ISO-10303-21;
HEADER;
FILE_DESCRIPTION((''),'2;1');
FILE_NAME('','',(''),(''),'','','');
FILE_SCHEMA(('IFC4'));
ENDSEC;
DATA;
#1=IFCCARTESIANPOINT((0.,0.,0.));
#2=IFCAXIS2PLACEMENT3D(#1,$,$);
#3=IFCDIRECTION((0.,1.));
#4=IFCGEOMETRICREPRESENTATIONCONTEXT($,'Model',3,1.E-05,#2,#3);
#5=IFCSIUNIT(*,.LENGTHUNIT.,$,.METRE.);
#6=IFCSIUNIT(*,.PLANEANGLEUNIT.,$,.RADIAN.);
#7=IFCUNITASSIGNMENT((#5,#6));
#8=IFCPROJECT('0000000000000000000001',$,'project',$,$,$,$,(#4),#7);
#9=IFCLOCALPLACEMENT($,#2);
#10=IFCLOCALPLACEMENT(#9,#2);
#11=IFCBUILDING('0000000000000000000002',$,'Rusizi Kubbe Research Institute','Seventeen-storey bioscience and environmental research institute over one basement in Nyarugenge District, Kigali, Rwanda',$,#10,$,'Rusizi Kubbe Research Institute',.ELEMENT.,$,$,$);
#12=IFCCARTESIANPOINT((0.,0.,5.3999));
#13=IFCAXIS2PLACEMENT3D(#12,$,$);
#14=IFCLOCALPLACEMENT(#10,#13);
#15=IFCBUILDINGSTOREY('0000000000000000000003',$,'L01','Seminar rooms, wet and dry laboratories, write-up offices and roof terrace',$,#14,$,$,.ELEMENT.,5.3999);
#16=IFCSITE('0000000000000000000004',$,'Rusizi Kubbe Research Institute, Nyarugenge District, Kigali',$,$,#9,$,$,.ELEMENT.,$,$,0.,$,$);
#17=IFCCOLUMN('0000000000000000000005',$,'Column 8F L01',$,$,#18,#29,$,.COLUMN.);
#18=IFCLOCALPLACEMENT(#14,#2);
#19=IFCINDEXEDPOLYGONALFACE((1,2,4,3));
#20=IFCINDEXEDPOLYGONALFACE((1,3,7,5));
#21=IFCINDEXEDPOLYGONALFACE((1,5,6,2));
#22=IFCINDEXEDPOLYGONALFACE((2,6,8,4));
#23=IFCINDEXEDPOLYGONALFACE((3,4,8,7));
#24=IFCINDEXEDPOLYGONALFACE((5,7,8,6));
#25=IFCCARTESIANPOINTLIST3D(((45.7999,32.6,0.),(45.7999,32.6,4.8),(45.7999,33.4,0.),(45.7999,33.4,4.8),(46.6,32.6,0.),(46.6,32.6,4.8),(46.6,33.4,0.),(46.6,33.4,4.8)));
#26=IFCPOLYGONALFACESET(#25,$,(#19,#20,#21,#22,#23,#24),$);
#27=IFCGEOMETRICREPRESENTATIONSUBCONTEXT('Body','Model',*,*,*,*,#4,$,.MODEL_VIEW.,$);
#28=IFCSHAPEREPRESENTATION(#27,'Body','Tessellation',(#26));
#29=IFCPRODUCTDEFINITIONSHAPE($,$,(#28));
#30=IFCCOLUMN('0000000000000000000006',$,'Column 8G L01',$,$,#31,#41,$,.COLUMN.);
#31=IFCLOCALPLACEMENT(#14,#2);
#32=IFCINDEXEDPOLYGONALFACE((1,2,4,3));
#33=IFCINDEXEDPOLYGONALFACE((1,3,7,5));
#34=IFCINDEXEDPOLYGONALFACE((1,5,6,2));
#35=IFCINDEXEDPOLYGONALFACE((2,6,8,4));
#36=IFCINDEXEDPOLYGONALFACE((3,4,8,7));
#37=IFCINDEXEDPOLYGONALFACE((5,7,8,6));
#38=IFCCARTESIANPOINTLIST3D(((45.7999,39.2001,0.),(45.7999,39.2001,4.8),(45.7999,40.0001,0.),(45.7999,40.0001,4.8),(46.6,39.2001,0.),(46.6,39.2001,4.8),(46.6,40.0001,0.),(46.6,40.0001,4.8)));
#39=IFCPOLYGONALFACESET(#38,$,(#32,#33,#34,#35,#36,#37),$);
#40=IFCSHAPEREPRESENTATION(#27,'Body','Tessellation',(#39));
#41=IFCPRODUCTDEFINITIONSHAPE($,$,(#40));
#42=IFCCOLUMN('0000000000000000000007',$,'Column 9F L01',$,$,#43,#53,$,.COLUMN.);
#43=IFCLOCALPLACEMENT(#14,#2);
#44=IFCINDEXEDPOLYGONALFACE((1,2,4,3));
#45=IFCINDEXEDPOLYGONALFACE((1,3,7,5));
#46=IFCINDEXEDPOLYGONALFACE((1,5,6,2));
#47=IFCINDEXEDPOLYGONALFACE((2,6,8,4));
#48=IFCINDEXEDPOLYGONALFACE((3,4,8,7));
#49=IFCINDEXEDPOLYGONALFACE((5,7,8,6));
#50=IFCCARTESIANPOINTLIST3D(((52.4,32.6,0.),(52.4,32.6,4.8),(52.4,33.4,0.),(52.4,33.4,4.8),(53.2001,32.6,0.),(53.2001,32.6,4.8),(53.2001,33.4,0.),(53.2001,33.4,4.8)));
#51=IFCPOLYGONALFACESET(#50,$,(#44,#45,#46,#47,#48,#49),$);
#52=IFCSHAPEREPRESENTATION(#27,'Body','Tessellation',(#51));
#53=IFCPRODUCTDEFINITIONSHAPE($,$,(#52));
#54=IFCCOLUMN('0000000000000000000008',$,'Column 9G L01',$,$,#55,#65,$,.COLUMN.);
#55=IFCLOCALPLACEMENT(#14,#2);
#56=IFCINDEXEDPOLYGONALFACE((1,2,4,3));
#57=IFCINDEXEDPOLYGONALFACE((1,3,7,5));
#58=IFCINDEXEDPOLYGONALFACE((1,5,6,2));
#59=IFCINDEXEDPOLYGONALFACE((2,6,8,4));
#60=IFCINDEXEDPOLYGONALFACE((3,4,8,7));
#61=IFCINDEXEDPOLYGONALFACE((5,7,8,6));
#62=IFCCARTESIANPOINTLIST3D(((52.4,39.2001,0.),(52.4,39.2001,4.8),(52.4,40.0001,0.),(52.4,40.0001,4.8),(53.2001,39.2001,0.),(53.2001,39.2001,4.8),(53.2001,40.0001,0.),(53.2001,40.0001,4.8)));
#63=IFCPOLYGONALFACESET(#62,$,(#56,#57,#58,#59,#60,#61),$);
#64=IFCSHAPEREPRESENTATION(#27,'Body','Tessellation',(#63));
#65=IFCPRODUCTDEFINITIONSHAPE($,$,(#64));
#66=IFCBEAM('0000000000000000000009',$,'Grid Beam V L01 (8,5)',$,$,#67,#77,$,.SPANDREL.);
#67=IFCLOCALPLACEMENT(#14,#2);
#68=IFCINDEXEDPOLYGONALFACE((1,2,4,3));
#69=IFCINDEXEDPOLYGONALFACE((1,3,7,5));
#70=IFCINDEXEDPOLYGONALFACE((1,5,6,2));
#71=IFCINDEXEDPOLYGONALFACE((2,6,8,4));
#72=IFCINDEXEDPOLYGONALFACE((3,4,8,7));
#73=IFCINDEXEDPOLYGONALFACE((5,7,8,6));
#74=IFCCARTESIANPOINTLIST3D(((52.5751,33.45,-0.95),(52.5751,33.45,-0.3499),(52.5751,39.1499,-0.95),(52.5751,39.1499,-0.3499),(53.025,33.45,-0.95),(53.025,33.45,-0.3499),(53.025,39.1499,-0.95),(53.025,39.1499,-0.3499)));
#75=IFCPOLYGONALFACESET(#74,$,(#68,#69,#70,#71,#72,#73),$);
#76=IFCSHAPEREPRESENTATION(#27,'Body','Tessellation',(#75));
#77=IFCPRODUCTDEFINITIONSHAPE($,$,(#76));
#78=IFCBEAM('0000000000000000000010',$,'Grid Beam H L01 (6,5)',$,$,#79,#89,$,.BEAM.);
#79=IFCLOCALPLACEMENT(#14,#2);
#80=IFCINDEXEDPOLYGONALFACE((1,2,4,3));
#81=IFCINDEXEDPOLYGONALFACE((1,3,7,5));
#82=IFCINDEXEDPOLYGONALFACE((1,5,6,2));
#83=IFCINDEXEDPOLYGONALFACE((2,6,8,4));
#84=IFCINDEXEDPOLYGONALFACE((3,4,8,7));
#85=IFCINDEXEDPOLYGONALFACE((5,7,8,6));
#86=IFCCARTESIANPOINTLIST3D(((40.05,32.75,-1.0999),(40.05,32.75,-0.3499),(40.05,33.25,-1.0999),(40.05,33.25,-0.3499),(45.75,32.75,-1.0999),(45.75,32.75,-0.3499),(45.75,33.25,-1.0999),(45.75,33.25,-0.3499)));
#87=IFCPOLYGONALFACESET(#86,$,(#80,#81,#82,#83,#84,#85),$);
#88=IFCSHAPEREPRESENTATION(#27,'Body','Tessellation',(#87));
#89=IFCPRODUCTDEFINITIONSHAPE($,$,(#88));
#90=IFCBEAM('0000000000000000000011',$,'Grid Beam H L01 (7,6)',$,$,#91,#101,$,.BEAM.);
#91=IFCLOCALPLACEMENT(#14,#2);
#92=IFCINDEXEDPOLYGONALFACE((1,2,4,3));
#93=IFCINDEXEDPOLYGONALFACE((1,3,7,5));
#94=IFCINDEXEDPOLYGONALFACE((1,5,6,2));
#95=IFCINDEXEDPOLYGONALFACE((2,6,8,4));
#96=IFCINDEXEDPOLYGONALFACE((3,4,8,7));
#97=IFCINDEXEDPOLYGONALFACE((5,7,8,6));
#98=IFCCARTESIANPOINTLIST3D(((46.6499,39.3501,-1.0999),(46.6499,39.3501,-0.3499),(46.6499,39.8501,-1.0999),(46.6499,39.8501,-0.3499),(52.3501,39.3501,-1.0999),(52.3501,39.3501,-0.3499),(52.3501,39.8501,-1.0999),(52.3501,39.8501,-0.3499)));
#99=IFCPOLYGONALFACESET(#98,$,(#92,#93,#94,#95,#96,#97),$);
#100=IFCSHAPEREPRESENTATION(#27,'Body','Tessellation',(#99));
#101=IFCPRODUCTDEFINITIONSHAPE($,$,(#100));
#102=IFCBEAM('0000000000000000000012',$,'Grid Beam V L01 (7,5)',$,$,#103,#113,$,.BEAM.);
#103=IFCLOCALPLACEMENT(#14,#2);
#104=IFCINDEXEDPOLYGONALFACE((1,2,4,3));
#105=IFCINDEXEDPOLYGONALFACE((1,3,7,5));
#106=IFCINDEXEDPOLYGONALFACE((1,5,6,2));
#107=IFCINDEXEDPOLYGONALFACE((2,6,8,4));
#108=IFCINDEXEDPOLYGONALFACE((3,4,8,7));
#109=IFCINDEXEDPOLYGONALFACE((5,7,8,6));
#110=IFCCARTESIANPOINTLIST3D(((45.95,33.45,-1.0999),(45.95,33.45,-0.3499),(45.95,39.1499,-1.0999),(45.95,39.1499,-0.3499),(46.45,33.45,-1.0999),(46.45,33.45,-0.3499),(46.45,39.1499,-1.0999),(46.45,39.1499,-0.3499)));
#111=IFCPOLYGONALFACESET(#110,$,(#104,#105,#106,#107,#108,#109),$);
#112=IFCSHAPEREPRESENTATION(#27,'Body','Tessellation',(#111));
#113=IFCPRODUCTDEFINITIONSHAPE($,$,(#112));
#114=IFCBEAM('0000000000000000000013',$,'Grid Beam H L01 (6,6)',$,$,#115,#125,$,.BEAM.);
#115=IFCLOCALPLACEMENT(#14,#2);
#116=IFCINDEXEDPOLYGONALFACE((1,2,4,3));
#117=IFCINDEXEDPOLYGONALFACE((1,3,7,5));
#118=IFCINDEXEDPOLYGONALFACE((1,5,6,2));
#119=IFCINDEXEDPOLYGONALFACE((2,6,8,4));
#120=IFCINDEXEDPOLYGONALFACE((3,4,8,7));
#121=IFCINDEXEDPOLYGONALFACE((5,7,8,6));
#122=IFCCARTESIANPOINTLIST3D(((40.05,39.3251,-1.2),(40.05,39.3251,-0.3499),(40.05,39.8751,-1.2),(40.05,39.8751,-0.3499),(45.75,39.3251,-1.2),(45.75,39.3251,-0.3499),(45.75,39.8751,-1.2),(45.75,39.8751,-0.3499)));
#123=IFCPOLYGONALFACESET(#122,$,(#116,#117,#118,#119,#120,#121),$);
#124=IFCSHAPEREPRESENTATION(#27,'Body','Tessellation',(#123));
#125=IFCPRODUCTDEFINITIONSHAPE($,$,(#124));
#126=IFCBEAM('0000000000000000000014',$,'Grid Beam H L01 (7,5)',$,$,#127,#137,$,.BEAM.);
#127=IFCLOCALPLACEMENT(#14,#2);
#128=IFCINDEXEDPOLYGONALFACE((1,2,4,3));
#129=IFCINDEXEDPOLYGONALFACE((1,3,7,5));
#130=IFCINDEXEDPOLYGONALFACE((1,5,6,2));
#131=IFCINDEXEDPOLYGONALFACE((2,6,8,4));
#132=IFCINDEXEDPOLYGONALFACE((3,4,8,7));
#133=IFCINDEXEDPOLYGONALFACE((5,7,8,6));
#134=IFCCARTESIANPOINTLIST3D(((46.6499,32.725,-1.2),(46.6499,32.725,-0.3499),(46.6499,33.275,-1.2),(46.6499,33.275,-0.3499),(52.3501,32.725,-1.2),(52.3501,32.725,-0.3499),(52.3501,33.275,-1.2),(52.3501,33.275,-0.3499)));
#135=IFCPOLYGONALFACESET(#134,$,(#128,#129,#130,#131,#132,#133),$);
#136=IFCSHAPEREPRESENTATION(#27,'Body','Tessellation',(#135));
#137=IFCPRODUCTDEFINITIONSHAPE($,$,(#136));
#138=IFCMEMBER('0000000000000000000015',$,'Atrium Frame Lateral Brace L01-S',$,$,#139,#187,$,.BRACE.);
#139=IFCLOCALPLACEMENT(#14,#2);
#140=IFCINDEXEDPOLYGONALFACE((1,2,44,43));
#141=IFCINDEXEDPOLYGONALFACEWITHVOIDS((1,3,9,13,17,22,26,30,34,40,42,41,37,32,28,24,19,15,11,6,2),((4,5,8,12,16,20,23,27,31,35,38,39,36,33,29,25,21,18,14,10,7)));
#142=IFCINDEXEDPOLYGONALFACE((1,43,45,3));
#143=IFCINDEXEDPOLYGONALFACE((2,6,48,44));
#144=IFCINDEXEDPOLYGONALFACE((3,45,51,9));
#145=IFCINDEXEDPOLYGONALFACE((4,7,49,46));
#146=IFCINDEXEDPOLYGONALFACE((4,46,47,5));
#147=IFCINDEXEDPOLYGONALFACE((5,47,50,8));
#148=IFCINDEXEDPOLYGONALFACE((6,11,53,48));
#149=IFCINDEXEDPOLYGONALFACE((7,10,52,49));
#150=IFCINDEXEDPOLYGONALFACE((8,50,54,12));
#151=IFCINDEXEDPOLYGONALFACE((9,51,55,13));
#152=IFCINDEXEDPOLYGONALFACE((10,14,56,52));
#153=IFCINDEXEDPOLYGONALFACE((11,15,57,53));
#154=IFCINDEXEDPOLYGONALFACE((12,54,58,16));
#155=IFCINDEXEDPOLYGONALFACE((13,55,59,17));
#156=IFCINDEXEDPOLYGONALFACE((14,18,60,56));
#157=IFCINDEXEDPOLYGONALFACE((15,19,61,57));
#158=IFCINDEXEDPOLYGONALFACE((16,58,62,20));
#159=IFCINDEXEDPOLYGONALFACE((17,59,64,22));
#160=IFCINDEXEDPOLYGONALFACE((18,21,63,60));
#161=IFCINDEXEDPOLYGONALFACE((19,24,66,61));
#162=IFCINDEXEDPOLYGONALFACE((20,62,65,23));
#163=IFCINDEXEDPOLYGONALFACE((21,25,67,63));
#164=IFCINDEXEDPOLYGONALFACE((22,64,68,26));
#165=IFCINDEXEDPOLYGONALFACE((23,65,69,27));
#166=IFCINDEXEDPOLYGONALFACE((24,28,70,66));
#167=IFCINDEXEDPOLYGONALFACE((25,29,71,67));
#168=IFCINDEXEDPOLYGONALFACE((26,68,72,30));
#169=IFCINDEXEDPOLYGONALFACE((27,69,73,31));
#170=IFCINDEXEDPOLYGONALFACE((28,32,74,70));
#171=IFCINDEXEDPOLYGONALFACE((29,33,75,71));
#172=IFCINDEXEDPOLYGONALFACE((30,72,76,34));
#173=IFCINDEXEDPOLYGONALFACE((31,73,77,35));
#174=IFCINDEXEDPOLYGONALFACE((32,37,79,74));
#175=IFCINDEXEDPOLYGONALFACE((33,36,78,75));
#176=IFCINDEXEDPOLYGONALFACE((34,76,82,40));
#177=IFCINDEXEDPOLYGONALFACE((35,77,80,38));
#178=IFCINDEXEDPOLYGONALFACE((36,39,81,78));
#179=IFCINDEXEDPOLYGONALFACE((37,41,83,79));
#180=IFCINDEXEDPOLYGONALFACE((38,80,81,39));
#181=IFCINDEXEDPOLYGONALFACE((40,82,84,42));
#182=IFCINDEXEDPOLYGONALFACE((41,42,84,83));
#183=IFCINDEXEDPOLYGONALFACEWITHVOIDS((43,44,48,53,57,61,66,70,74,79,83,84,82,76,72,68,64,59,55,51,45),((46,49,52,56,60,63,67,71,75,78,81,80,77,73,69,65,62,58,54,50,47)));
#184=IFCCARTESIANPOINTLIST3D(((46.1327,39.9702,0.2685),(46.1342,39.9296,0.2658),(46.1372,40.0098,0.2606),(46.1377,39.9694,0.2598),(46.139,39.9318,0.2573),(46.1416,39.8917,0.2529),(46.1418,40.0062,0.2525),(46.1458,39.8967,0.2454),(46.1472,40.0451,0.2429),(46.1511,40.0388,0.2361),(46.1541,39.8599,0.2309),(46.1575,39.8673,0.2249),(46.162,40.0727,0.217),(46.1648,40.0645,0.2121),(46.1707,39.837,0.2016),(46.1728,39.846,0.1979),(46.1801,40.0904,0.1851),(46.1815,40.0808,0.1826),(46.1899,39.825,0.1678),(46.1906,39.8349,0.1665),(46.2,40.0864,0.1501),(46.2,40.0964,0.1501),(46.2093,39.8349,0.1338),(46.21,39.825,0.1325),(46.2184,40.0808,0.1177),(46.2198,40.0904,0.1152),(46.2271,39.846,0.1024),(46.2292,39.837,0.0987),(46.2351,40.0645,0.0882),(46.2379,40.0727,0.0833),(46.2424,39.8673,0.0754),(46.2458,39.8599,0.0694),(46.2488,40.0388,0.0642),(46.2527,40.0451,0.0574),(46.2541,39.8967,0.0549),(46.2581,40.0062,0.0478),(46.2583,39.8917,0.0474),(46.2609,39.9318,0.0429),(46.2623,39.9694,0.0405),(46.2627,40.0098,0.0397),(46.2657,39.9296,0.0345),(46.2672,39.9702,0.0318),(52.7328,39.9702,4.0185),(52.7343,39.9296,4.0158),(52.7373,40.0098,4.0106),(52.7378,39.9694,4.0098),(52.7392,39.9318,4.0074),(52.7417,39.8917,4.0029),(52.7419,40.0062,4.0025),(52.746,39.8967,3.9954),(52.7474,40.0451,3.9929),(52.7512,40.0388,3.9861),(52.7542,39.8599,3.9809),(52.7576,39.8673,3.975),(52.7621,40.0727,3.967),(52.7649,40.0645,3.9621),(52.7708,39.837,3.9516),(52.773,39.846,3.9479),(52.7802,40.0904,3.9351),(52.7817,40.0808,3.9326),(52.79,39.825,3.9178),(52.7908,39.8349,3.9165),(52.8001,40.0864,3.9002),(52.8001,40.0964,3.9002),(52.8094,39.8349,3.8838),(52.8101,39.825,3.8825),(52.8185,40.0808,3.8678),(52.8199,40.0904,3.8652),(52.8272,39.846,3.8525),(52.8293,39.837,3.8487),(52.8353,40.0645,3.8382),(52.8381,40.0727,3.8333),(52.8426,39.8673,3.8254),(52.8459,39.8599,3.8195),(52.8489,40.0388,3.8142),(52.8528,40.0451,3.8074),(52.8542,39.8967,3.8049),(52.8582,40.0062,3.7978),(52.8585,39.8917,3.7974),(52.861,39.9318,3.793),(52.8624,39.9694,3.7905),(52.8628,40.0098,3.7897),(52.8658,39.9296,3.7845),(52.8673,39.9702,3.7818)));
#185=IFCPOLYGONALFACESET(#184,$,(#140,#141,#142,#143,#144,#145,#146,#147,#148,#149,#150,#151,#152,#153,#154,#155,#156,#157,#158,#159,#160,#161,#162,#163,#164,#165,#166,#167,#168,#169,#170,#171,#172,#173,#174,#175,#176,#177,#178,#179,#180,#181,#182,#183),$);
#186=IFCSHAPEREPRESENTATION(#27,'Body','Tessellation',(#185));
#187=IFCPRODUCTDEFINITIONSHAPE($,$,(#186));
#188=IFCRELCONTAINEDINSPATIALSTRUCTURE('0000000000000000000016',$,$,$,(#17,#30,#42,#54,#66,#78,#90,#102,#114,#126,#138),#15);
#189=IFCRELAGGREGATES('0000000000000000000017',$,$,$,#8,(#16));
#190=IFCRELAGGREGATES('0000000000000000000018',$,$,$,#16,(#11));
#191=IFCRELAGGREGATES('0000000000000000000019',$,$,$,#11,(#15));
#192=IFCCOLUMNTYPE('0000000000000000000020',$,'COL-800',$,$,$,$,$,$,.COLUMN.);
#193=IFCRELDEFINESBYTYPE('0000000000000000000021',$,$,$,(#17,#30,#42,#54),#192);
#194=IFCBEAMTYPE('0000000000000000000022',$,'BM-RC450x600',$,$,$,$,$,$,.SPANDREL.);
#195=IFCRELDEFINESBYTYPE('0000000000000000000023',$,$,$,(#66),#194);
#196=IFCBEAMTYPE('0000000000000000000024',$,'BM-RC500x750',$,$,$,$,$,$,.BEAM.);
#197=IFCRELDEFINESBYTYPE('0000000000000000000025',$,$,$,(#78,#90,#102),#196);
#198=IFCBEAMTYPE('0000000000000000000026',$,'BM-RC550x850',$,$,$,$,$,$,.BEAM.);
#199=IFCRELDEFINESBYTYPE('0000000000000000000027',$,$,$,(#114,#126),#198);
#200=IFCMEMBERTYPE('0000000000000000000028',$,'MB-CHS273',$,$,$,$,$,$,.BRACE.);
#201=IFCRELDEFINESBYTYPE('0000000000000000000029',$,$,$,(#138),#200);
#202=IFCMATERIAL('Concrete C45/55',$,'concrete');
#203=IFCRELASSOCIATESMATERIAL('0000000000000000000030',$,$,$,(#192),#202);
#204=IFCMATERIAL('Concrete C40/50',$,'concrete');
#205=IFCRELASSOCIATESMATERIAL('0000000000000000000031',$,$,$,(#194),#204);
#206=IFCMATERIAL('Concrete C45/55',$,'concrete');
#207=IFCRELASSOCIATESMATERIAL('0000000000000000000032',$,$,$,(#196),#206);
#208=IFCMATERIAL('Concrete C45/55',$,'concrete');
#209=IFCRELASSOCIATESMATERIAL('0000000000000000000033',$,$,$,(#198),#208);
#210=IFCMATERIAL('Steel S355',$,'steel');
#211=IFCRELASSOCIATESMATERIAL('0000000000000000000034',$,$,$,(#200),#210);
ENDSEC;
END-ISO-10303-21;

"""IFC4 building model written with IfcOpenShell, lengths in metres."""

from ifc_helpers import new_model, si_unit, direction, frame, origin, origin_2d, place, context, subcontext, project, spatial, rectangle, hollow_circle, extrude, material, material_profile, profile_set, type_object, element, save


model = new_model("IFC4")

# Units and contexts
model_context = context("Model", 3, precision=1e-05, world=origin(), true_north=direction((0.0, 1.0)))
body_context = subcontext(model_context, "Body", "Model", "MODEL_VIEW")
ifc_project = project(units=[si_unit("LENGTHUNIT", "METRE"), si_unit("PLANEANGLEUNIT", "RADIAN")], contexts=[model_context])

# Site, building, storey
site_placement = place(None, origin())
site = spatial("IfcSite", under=ifc_project, at=site_placement, Name="Rusizi Kubbe Research Institute, Nyarugenge District, Kigali", CompositionType="ELEMENT", RefElevation=0.0)
building_placement = place(site_placement, origin())
building = spatial("IfcBuilding", under=site, at=building_placement, Name="Rusizi Kubbe Research Institute", Description="Seventeen-storey bioscience and environmental research institute over one basement in Nyarugenge District, Kigali, Rwanda", LongName="Rusizi Kubbe Research Institute", CompositionType="ELEMENT")
storey_placement = place(building_placement, frame((0.0, 0.0, 5.3999)))
storey = spatial("IfcBuildingStorey", under=building, at=storey_placement, Name="L01", Description="Seminar rooms, wet and dry laboratories, write-up offices and roof terrace", CompositionType="ELEMENT", Elevation=5.3999)

# Columns
ifc_material_1 = material(Name="Concrete C45/55", Category="concrete")
ifc_material_profile_1 = material_profile(ifc_material_1, rectangle(XDim=0.8, YDim=0.8, at=origin_2d()), Name="RC800x800")
ifc_profile_set_1 = profile_set([ifc_material_profile_1], Name="Concrete C45/55")
column_type = type_object("IfcColumnType", Name="COL-800", PredefinedType="COLUMN", material=ifc_profile_set_1)
for number, where, z_axis, x_axis, name in (
    (1, (46.2, 33.0, 0.0), (0.0, 0.0, 1.0), (1.0, 0.0, 0.0), "Column 8F L01"),
    (2, (46.2, 39.6001, 0.0), (0.0, 0.0, 1.0), (1.0, 0.0, 0.0), "Column 8G L01"),
    (3, (52.8, 33.0, 0.0), (0.0, 0.0, 1.0), (1.0, 0.0, 0.0), "Column 9F L01"),
    (4, (52.8, 39.6001, 0.0), (0.0, 0.0, 1.0), (1.0, 0.0, 0.0), "Column 9G L01"),
):
    element("IfcColumn", number, at=place(storey_placement, frame(where, z_axis=z_axis, x_axis=x_axis)), inside=storey, type_object=column_type, Name=name, PredefinedType="COLUMN", context=body_context, shape_type="SweptSolid", body=[
        extrude(rectangle(XDim=0.8, YDim=0.8, at=origin_2d()), origin(), (0.0, 0.0, 1.0), 4.8),
    ])

# Beams
ifc_material_2 = material(Name="Concrete C40/50", Category="concrete")
ifc_material_profile_2 = material_profile(ifc_material_2, rectangle(XDim=0.45, YDim=0.6001, at=origin_2d()), Name="RC450x600")
ifc_profile_set_2 = profile_set([ifc_material_profile_2], Name="Concrete C40/50")
beam_type_1 = type_object("IfcBeamType", Name="BM-RC450x600", PredefinedType="SPANDREL", material=ifc_profile_set_2)
beam_1_placement = place(storey_placement, frame((52.8, 33.45, -0.6499), z_axis=(0.0, 1.0, 0.0), x_axis=(-1.0, 0.0, 0.0)))
element("IfcBeam", 5, at=beam_1_placement, inside=storey, type_object=beam_type_1, Name="Grid Beam V L01 (8,5)", PredefinedType="SPANDREL", context=body_context, shape_type="SweptSolid", body=[
    extrude(rectangle(XDim=0.45, YDim=0.6001, at=origin_2d()), origin(), (0.0, 0.0, 1.0), 5.7),
])
ifc_material_3 = material(Name="Concrete C45/55", Category="concrete")
ifc_material_profile_3 = material_profile(ifc_material_3, rectangle(XDim=0.5, YDim=0.75, at=origin_2d()), Name="RC500x750B")
ifc_profile_set_3 = profile_set([ifc_material_profile_3], Name="Concrete C45/55")
beam_type_2 = type_object("IfcBeamType", Name="BM-RC500x750", PredefinedType="BEAM", material=ifc_profile_set_3)
beam_2_placement = place(storey_placement, frame((40.05, 33.0, -0.7249), z_axis=(1.0, 0.0, 0.0), x_axis=(0.0, 1.0, 0.0)))
element("IfcBeam", 6, at=beam_2_placement, inside=storey, type_object=beam_type_2, Name="Grid Beam H L01 (6,5)", PredefinedType="BEAM", context=body_context, shape_type="SweptSolid", body=[
    extrude(rectangle(XDim=0.5, YDim=0.75, at=origin_2d()), origin(), (0.0, 0.0, 1.0), 5.7),
])
beam_3_placement = place(storey_placement, frame((46.6499, 39.6001, -0.7249), z_axis=(1.0, 0.0, 0.0), x_axis=(0.0, 1.0, 0.0)))
element("IfcBeam", 7, at=beam_3_placement, inside=storey, type_object=beam_type_2, Name="Grid Beam H L01 (7,6)", PredefinedType="BEAM", context=body_context, shape_type="SweptSolid", body=[
    extrude(rectangle(XDim=0.5, YDim=0.75, at=origin_2d()), origin(), (0.0, 0.0, 1.0), 5.7002),
])
beam_4_placement = place(storey_placement, frame((46.2, 33.45, -0.7249), z_axis=(0.0, 1.0, 0.0), x_axis=(-1.0, 0.0, 0.0)))
element("IfcBeam", 8, at=beam_4_placement, inside=storey, type_object=beam_type_2, Name="Grid Beam V L01 (7,5)", PredefinedType="BEAM", context=body_context, shape_type="SweptSolid", body=[
    extrude(rectangle(XDim=0.5, YDim=0.75, at=origin_2d()), origin(), (0.0, 0.0, 1.0), 5.7),
])
ifc_material_4 = material(Name="Concrete C45/55", Category="concrete")
ifc_material_profile_4 = material_profile(ifc_material_4, rectangle(XDim=0.55, YDim=0.8501, at=origin_2d()), Name="RC550x850")
ifc_profile_set_4 = profile_set([ifc_material_profile_4], Name="Concrete C45/55")
beam_type_3 = type_object("IfcBeamType", Name="BM-RC550x850", PredefinedType="BEAM", material=ifc_profile_set_4)
beam_5_placement = place(storey_placement, frame((40.05, 39.6001, -0.7749), z_axis=(1.0, 0.0, 0.0), x_axis=(0.0, 1.0, 0.0)))
element("IfcBeam", 9, at=beam_5_placement, inside=storey, type_object=beam_type_3, Name="Grid Beam H L01 (6,6)", PredefinedType="BEAM", context=body_context, shape_type="SweptSolid", body=[
    extrude(rectangle(XDim=0.55, YDim=0.8501, at=origin_2d()), origin(), (0.0, 0.0, 1.0), 5.7),
])
beam_6_placement = place(storey_placement, frame((46.6499, 33.0, -0.7749), z_axis=(1.0, 0.0, 0.0), x_axis=(0.0, 1.0, 0.0)))
element("IfcBeam", 10, at=beam_6_placement, inside=storey, type_object=beam_type_3, Name="Grid Beam H L01 (7,5)", PredefinedType="BEAM", context=body_context, shape_type="SweptSolid", body=[
    extrude(rectangle(XDim=0.55, YDim=0.8501, at=origin_2d()), origin(), (0.0, 0.0, 1.0), 5.7002),
])

# Member
ifc_material_5 = material(Name="Steel S355", Category="steel")
ifc_material_profile_5 = material_profile(ifc_material_5, hollow_circle(Radius=0.1365, WallThickness=0.01, at=origin_2d()), Name="CHS 273.0x10.0")
ifc_profile_set_5 = profile_set([ifc_material_profile_5], Name="Steel S355")
member_type_1 = type_object("IfcMemberType", Name="MB-CHS273", PredefinedType="BRACE", material=ifc_profile_set_5)
member_1_placement = place(storey_placement, frame((46.2, 39.96, 0.1501), z_axis=(0.86946, 0.0, 0.494004), x_axis=(0.0, 1.0, 0.0)))
element("IfcMember", 11, at=member_1_placement, inside=storey, type_object=member_type_1, Name="Atrium Frame Lateral Brace L01-S", PredefinedType="BRACE", context=body_context, shape_type="SweptSolid", body=[
    extrude(hollow_circle(Radius=0.1365, WallThickness=0.01, at=origin_2d()), origin(), (0.0, 0.0, 1.0), 7.5911),
])

save(model, "model.ifc")
